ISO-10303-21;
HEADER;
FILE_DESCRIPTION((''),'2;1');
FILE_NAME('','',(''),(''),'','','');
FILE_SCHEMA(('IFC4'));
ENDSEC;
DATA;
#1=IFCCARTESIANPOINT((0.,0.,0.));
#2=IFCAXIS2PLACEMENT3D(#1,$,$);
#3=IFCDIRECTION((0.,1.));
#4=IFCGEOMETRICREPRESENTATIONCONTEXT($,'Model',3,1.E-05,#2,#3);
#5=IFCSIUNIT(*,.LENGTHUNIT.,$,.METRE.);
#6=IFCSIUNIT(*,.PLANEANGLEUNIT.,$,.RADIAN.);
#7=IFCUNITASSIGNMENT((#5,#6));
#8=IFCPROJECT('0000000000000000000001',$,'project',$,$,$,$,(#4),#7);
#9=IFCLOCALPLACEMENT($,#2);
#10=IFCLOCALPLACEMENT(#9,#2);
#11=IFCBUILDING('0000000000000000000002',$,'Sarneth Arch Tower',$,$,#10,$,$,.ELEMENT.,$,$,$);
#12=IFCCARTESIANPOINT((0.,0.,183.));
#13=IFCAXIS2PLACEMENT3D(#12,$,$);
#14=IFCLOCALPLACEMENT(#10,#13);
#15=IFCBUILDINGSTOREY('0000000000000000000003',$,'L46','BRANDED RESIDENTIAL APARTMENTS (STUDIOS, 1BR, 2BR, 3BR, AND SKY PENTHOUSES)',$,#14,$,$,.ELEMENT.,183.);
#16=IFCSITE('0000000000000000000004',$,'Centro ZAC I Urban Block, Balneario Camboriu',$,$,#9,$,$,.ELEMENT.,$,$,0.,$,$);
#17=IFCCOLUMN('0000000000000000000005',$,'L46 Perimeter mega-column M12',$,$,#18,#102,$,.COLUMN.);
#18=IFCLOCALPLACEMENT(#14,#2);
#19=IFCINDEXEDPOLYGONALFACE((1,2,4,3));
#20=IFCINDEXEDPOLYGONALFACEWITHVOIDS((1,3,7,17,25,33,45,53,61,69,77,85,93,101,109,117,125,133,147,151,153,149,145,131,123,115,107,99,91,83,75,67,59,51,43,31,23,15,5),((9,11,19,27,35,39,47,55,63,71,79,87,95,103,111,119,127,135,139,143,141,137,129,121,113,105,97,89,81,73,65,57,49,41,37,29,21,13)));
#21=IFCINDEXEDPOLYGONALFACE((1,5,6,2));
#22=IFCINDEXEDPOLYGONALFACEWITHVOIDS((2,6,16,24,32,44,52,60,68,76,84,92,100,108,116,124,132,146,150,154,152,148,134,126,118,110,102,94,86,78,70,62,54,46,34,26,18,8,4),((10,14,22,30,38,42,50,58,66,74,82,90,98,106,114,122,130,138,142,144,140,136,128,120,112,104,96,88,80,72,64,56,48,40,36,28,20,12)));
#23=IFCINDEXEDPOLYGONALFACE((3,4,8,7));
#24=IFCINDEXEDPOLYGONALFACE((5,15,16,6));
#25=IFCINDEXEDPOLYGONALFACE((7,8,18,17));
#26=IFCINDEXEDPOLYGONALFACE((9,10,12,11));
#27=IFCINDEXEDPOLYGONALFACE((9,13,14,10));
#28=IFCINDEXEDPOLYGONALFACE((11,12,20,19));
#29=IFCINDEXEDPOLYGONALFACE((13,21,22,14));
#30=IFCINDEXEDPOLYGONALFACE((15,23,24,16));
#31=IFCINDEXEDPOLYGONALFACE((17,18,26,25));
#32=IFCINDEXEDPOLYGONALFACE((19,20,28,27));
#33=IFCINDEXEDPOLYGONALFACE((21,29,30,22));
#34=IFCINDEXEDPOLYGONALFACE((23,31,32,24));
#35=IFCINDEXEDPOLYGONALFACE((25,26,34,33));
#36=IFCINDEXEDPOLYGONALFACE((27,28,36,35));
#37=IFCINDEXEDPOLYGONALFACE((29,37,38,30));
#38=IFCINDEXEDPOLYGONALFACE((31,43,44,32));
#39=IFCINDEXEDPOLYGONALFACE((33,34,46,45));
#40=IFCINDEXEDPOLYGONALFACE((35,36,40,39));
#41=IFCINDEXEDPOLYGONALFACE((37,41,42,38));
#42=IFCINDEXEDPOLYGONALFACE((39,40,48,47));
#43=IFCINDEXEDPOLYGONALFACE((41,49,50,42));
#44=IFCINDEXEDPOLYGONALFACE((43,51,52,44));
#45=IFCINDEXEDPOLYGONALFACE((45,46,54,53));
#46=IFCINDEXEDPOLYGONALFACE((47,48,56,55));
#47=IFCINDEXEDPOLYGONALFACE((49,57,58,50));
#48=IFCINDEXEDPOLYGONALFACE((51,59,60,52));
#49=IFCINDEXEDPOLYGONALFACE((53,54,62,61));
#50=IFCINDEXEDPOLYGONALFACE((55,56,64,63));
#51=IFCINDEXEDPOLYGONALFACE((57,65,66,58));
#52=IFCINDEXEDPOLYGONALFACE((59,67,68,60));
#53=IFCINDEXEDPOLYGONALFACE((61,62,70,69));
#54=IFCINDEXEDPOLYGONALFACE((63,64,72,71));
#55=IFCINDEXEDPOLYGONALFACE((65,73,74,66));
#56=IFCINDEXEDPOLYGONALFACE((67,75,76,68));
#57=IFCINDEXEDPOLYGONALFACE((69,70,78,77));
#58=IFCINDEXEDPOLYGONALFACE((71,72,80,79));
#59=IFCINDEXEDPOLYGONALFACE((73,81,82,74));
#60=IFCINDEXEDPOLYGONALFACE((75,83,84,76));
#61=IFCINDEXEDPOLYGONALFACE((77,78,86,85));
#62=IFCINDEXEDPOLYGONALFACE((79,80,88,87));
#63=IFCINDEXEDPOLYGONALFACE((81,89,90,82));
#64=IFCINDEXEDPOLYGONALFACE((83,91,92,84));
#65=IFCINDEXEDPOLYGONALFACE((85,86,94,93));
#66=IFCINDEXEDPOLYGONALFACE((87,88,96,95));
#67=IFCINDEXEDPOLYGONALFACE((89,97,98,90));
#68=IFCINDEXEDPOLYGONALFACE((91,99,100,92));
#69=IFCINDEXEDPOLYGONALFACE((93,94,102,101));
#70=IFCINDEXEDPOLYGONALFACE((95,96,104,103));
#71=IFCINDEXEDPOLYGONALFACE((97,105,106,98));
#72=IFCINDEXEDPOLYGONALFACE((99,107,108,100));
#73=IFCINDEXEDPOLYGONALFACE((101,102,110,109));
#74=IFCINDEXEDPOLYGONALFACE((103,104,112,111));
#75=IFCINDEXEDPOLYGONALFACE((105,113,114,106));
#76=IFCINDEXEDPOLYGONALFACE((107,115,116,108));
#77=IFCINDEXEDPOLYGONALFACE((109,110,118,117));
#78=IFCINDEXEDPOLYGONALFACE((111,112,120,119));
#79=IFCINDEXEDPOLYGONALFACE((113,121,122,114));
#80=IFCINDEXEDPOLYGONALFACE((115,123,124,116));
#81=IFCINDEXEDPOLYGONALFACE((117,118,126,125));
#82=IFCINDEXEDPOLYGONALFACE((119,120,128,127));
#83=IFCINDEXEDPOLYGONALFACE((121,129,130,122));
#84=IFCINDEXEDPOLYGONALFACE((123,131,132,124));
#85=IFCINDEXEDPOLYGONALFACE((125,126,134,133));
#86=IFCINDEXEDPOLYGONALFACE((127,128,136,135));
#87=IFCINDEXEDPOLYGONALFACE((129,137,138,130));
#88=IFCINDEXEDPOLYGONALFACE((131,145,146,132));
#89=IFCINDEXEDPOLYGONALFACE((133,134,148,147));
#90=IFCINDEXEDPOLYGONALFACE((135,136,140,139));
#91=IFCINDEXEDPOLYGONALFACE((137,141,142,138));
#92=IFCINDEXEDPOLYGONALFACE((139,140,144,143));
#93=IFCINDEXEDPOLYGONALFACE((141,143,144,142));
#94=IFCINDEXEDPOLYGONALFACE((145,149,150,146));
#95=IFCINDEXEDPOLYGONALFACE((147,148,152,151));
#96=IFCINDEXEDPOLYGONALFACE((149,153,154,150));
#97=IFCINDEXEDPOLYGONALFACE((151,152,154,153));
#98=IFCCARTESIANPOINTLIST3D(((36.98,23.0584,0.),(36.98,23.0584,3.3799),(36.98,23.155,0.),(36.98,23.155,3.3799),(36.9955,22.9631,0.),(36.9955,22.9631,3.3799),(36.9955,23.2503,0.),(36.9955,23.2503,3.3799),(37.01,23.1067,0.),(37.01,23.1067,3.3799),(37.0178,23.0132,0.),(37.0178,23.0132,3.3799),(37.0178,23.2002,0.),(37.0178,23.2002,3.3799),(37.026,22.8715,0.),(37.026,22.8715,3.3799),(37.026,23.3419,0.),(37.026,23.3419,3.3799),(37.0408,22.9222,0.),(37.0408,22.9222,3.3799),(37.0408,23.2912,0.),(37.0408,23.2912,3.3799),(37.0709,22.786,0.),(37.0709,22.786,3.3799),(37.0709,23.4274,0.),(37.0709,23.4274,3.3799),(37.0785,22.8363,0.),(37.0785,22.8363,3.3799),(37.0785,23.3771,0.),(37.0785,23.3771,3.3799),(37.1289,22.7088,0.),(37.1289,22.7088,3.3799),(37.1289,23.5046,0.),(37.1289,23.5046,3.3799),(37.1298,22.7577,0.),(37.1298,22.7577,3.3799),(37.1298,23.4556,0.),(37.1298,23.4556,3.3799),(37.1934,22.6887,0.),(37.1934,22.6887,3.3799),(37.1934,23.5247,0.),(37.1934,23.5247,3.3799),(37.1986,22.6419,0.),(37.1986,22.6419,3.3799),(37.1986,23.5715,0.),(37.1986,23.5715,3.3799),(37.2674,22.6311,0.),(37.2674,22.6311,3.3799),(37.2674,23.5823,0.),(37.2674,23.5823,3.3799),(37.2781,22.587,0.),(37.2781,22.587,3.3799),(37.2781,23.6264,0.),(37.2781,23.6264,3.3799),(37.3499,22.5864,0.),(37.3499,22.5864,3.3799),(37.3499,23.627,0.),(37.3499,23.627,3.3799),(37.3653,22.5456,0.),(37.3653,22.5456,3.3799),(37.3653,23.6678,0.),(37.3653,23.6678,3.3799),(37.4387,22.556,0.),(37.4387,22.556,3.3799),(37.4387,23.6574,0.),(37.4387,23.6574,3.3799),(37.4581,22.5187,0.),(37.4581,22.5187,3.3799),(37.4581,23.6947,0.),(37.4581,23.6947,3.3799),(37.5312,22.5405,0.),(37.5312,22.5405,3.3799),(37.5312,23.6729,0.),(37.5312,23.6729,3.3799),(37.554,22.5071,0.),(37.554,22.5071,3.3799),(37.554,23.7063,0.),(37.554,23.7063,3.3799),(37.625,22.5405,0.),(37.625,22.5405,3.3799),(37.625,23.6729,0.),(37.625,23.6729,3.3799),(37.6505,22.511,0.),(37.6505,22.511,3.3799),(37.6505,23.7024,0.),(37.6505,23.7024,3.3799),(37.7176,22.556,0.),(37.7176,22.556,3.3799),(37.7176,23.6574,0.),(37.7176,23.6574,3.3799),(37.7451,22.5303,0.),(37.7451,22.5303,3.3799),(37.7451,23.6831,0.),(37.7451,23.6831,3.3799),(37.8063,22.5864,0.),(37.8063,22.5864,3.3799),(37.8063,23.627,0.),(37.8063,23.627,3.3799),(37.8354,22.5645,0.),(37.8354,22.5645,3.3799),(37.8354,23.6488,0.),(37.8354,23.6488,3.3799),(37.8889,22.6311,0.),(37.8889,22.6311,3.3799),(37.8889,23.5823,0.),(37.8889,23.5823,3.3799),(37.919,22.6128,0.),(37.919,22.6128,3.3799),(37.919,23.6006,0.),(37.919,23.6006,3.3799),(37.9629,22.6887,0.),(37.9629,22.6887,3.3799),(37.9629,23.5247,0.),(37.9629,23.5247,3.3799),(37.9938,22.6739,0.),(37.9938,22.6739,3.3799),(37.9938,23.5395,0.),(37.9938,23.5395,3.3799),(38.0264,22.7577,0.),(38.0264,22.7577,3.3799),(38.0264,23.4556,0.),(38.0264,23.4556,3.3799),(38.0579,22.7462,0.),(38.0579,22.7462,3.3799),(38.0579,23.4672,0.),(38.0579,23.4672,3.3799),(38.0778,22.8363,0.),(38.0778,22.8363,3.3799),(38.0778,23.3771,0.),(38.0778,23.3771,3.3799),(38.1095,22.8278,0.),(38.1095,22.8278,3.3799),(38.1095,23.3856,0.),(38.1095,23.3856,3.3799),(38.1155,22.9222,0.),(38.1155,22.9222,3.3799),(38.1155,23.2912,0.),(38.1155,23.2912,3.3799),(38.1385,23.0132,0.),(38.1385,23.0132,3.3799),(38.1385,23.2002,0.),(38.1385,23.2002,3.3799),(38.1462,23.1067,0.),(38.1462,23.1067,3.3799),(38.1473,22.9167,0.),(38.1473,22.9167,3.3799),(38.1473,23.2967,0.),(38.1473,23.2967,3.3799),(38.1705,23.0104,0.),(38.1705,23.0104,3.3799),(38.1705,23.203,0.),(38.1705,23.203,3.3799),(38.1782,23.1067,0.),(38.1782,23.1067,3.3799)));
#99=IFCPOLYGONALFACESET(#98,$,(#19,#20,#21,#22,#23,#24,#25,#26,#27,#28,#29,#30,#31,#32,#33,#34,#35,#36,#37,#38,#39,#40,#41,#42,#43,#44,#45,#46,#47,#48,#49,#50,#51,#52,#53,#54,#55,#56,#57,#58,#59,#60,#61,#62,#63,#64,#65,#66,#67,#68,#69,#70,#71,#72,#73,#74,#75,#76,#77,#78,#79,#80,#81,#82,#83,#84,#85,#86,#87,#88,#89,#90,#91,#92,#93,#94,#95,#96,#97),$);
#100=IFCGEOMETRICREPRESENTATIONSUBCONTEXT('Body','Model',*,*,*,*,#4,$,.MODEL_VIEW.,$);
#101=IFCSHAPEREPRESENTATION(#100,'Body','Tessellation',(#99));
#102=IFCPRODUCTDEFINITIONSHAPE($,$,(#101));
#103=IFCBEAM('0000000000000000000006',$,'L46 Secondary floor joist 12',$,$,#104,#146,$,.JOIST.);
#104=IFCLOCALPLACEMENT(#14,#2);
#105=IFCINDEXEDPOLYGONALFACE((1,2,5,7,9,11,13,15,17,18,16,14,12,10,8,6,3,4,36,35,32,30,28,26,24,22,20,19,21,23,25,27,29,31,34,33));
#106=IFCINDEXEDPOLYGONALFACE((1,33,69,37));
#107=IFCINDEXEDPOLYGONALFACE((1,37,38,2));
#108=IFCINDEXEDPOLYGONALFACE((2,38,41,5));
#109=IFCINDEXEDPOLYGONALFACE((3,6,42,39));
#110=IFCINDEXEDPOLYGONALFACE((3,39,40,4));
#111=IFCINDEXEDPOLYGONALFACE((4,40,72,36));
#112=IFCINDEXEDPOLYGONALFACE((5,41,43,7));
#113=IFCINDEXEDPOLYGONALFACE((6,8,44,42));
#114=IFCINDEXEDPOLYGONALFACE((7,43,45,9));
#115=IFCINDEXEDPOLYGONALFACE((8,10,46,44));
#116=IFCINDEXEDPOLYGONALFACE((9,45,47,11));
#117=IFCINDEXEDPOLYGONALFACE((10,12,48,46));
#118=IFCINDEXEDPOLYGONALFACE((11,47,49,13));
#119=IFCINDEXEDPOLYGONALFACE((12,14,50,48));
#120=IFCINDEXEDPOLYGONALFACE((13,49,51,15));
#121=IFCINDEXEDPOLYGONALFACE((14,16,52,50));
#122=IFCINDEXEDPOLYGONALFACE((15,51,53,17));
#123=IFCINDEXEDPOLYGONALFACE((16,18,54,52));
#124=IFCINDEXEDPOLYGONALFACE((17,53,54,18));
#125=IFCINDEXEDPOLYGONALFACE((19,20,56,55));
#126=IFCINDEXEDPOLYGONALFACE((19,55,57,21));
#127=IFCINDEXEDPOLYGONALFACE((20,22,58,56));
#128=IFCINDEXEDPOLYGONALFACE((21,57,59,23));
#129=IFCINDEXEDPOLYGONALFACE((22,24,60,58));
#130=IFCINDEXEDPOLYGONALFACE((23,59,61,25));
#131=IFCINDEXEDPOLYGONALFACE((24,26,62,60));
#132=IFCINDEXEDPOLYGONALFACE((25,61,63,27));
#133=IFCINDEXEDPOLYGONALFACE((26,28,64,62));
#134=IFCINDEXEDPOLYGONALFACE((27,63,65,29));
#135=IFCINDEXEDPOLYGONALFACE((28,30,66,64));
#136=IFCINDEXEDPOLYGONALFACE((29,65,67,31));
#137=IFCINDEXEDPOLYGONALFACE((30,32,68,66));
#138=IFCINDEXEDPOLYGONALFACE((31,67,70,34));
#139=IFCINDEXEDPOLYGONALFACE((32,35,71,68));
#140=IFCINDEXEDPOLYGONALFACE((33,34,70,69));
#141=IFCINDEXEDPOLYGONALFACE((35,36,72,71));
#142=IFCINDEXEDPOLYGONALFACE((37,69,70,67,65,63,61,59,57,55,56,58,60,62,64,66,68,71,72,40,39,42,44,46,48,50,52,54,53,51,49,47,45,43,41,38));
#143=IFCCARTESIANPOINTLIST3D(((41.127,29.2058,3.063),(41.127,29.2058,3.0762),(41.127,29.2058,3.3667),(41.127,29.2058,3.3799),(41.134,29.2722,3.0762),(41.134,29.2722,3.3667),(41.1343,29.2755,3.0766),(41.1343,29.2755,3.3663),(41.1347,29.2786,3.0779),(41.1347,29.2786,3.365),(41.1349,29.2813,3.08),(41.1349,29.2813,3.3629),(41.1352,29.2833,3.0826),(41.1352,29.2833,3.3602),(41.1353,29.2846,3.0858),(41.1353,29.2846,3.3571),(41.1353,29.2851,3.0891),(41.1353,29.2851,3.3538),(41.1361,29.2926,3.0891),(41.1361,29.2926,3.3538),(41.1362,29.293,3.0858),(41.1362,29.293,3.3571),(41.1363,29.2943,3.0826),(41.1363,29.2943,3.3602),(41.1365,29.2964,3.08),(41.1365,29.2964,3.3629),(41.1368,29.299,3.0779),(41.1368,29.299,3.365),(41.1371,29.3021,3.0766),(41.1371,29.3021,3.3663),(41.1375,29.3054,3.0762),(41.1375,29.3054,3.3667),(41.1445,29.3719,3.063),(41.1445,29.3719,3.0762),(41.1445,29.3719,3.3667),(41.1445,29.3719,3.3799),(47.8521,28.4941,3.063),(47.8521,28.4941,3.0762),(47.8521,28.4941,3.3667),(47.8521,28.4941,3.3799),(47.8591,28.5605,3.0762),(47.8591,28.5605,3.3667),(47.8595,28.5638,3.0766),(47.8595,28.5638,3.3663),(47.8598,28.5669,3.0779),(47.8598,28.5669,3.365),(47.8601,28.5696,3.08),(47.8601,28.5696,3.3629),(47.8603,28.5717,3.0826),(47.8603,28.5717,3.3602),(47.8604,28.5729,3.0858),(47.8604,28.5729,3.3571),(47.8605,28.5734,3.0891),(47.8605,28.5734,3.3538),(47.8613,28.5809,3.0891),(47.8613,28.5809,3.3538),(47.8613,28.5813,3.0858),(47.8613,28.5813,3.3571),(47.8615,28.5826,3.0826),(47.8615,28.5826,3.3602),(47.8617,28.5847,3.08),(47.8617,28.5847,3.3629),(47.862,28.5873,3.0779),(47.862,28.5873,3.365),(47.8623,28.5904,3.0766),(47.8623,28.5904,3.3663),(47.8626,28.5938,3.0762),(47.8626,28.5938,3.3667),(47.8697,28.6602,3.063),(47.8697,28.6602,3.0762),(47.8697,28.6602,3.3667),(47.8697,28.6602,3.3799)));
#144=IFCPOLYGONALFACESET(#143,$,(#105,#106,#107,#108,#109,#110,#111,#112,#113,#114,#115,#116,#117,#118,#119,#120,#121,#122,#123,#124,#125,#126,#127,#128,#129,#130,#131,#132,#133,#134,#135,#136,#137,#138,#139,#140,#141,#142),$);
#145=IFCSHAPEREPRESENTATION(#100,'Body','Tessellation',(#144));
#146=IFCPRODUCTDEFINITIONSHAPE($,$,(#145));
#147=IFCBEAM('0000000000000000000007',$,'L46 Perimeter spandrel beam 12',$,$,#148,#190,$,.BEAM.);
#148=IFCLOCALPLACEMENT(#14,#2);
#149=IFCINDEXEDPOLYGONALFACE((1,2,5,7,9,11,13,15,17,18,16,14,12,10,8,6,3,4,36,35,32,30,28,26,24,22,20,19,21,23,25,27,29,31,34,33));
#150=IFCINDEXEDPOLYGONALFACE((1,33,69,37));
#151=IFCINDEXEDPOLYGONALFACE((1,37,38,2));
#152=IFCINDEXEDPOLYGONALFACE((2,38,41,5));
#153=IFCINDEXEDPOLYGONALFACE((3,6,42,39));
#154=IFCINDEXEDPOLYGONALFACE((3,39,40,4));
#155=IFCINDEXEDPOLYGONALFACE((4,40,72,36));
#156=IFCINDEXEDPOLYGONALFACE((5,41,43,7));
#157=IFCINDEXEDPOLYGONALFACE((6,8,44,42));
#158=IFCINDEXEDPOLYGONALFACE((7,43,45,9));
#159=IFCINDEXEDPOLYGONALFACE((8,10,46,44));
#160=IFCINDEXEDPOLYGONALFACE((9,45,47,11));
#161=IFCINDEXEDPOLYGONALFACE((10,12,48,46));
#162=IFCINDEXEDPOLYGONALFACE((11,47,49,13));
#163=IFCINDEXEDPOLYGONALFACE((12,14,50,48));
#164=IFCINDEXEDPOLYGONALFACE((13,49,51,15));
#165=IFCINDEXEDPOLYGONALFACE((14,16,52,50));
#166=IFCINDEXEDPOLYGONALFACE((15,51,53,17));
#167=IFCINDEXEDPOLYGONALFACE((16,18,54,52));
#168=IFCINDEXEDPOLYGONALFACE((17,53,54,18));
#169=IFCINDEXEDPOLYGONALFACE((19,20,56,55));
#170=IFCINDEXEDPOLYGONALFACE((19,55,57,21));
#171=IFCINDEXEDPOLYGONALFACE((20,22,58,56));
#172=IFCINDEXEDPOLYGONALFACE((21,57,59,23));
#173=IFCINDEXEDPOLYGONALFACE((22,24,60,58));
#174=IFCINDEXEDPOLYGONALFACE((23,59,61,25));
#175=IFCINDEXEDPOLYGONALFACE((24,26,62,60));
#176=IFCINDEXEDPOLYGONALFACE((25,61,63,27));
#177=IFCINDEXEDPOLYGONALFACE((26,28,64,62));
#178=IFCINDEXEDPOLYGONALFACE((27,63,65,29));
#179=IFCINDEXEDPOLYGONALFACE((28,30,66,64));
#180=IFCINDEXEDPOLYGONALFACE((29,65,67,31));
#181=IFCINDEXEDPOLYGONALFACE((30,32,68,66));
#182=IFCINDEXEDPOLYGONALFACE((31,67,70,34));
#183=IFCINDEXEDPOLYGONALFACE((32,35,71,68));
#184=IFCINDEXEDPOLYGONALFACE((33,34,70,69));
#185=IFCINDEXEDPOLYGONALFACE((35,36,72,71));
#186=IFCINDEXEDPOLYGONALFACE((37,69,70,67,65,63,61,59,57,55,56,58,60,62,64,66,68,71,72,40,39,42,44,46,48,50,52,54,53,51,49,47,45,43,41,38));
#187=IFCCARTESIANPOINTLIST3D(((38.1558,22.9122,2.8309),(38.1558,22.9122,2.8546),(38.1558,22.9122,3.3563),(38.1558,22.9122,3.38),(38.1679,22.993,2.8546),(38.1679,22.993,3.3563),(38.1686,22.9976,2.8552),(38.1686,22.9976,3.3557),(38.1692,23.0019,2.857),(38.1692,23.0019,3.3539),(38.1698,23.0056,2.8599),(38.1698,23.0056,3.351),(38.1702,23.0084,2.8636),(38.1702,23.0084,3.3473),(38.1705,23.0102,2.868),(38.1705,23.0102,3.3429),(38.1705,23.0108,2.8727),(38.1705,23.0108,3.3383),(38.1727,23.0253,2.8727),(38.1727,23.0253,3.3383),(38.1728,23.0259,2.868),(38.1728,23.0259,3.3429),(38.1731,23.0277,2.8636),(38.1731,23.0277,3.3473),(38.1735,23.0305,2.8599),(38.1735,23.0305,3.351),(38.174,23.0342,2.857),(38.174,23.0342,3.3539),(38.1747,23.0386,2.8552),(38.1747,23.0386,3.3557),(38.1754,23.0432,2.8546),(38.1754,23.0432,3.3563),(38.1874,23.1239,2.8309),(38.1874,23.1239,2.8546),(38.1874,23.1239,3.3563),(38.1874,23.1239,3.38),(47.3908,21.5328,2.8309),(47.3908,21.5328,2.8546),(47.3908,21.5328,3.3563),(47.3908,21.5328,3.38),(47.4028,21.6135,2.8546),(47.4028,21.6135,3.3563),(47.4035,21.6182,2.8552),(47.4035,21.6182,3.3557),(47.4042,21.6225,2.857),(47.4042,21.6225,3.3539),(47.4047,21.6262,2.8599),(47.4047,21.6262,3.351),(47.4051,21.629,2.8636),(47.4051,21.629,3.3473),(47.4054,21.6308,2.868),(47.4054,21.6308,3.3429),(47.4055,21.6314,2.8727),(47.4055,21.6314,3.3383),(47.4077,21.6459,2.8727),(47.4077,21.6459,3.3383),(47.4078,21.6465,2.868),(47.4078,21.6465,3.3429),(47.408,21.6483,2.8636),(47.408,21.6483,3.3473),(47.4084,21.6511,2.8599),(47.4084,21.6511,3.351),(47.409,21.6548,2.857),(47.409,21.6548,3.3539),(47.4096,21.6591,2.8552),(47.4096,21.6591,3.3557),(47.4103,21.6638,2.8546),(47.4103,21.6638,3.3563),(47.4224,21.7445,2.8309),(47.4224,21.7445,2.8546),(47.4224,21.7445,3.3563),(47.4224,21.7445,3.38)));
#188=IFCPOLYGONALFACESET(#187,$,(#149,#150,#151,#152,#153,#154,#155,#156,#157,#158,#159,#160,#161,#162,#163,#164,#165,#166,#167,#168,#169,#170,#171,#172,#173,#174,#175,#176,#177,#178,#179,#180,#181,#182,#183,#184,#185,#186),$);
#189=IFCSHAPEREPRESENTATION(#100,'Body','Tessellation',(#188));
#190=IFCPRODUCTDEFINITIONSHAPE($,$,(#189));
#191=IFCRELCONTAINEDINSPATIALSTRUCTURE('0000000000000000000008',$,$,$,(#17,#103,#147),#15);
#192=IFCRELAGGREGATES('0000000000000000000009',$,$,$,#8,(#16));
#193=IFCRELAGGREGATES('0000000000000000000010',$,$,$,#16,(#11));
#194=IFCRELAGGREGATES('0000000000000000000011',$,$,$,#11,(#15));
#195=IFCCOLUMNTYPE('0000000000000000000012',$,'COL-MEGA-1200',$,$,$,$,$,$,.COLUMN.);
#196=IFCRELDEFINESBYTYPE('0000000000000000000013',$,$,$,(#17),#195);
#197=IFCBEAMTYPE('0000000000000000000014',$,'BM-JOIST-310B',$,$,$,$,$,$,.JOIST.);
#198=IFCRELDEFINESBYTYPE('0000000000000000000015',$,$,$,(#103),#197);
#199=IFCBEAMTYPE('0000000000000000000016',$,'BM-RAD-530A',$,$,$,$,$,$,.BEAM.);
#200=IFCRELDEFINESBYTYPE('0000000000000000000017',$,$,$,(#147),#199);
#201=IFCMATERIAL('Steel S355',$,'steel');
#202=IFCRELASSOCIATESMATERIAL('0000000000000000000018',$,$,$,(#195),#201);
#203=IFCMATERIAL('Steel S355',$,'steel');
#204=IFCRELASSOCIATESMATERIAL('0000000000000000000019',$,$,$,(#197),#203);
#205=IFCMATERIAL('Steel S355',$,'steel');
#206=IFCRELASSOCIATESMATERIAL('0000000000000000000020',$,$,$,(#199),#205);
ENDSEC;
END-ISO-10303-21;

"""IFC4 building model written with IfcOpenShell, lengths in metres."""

from ifc_helpers import new_model, si_unit, direction, frame, origin, origin_2d, place, context, subcontext, project, spatial, hollow_circle, i_section, extrude, material, material_profile, profile_set, type_object, element, save


model = new_model("IFC4")

# Units and contexts
model_context = context("Model", 3, precision=1e-05, world=origin(), true_north=direction((0.0, 1.0)))
body_context = subcontext(model_context, "Body", "Model", "MODEL_VIEW")
ifc_project = project(units=[si_unit("LENGTHUNIT", "METRE"), si_unit("PLANEANGLEUNIT", "RADIAN")], contexts=[model_context])

# Site, building, storey
site_placement = place(None, origin())
site = spatial("IfcSite", under=ifc_project, at=site_placement, Name="Centro ZAC I Urban Block, Balneario Camboriu", CompositionType="ELEMENT", RefElevation=0.0)
building_placement = place(site_placement, origin())
building = spatial("IfcBuilding", under=site, at=building_placement, Name="Sarneth Arch Tower", CompositionType="ELEMENT")
storey_placement = place(building_placement, frame((0.0, 0.0, 183.0)))
storey = spatial("IfcBuildingStorey", under=building, at=storey_placement, Name="L46", Description="BRANDED RESIDENTIAL APARTMENTS (STUDIOS, 1BR, 2BR, 3BR, AND SKY PENTHOUSES)", CompositionType="ELEMENT", Elevation=183.0)

# Column
ifc_material_1 = material(Name="Steel S355", Category="steel")
ifc_material_profile_1 = material_profile(ifc_material_1, hollow_circle(Radius=0.6001, WallThickness=0.032, at=origin_2d()), Name="CHS1200x32")
ifc_profile_set_1 = profile_set([ifc_material_profile_1], Name="Steel S355")
column_type = type_object("IfcColumnType", Name="COL-MEGA-1200", PredefinedType="COLUMN", material=ifc_profile_set_1)
column_placement = place(storey_placement, frame((37.5781, 23.1067, 0.0), z_axis=(0.0, 0.0, 1.0), x_axis=(1.0, 0.0, 0.0)))
element("IfcColumn", 1, at=column_placement, inside=storey, type_object=column_type, Name="L46 Perimeter mega-column M12", PredefinedType="COLUMN", context=body_context, shape_type="SweptSolid", body=[
    extrude(hollow_circle(Radius=0.6001, WallThickness=0.032, at=origin_2d()), origin(), (0.0, 0.0, 1.0), 3.3799),
])

# Beams
ifc_material_2 = material(Name="Steel S355", Category="steel")
ifc_material_profile_2 = material_profile(ifc_material_2, i_section(OverallWidth=0.167, OverallDepth=0.3169, WebThickness=0.0076, FlangeThickness=0.0132, FilletRadius=0.0129, at=origin_2d()), Name="W310x52")
ifc_profile_set_2 = profile_set([ifc_material_profile_2], Name="Steel S355")
beam_type_1 = type_object("IfcBeamType", Name="BM-JOIST-310B", PredefinedType="JOIST", material=ifc_profile_set_2)
beam_1_placement = place(storey_placement, frame((41.1357, 29.2888, 3.2214), z_axis=(0.994447, -0.105235, 0.0), x_axis=(0.105235, 0.994447, 0.0)))
element("IfcBeam", 2, at=beam_1_placement, inside=storey, type_object=beam_type_1, Name="L46 Secondary floor joist 12", PredefinedType="JOIST", context=body_context, shape_type="SweptSolid", body=[
    extrude(i_section(OverallWidth=0.167, OverallDepth=0.3169, WebThickness=0.0076, FlangeThickness=0.0132, FilletRadius=0.0129, at=origin_2d()), origin(), (0.0, 0.0, 1.0), 6.7627),
])
ifc_material_3 = material(Name="Steel S355", Category="steel")
ifc_material_profile_3 = material_profile(ifc_material_3, i_section(OverallWidth=0.2141, OverallDepth=0.5491, WebThickness=0.0146, FlangeThickness=0.0237, FilletRadius=0.0181, at=origin_2d()), Name="W530x138")
ifc_profile_set_3 = profile_set([ifc_material_profile_3], Name="Steel S355")
beam_type_2 = type_object("IfcBeamType", Name="BM-RAD-530A", PredefinedType="BEAM", material=ifc_profile_set_3)
beam_2_placement = place(storey_placement, frame((38.1716, 23.0181, 3.1055), z_axis=(0.989028, -0.147729, 0.0), x_axis=(0.147729, 0.989028, 0.0)))
element("IfcBeam", 3, at=beam_2_placement, inside=storey, type_object=beam_type_2, Name="L46 Perimeter spandrel beam 12", PredefinedType="BEAM", context=body_context, shape_type="SweptSolid", body=[
    extrude(i_section(OverallWidth=0.2141, OverallDepth=0.5491, WebThickness=0.0146, FlangeThickness=0.0237, FilletRadius=0.0181, at=origin_2d()), origin(), (0.0, 0.0, 1.0), 9.3374),
])

save(model, "model.ifc")
